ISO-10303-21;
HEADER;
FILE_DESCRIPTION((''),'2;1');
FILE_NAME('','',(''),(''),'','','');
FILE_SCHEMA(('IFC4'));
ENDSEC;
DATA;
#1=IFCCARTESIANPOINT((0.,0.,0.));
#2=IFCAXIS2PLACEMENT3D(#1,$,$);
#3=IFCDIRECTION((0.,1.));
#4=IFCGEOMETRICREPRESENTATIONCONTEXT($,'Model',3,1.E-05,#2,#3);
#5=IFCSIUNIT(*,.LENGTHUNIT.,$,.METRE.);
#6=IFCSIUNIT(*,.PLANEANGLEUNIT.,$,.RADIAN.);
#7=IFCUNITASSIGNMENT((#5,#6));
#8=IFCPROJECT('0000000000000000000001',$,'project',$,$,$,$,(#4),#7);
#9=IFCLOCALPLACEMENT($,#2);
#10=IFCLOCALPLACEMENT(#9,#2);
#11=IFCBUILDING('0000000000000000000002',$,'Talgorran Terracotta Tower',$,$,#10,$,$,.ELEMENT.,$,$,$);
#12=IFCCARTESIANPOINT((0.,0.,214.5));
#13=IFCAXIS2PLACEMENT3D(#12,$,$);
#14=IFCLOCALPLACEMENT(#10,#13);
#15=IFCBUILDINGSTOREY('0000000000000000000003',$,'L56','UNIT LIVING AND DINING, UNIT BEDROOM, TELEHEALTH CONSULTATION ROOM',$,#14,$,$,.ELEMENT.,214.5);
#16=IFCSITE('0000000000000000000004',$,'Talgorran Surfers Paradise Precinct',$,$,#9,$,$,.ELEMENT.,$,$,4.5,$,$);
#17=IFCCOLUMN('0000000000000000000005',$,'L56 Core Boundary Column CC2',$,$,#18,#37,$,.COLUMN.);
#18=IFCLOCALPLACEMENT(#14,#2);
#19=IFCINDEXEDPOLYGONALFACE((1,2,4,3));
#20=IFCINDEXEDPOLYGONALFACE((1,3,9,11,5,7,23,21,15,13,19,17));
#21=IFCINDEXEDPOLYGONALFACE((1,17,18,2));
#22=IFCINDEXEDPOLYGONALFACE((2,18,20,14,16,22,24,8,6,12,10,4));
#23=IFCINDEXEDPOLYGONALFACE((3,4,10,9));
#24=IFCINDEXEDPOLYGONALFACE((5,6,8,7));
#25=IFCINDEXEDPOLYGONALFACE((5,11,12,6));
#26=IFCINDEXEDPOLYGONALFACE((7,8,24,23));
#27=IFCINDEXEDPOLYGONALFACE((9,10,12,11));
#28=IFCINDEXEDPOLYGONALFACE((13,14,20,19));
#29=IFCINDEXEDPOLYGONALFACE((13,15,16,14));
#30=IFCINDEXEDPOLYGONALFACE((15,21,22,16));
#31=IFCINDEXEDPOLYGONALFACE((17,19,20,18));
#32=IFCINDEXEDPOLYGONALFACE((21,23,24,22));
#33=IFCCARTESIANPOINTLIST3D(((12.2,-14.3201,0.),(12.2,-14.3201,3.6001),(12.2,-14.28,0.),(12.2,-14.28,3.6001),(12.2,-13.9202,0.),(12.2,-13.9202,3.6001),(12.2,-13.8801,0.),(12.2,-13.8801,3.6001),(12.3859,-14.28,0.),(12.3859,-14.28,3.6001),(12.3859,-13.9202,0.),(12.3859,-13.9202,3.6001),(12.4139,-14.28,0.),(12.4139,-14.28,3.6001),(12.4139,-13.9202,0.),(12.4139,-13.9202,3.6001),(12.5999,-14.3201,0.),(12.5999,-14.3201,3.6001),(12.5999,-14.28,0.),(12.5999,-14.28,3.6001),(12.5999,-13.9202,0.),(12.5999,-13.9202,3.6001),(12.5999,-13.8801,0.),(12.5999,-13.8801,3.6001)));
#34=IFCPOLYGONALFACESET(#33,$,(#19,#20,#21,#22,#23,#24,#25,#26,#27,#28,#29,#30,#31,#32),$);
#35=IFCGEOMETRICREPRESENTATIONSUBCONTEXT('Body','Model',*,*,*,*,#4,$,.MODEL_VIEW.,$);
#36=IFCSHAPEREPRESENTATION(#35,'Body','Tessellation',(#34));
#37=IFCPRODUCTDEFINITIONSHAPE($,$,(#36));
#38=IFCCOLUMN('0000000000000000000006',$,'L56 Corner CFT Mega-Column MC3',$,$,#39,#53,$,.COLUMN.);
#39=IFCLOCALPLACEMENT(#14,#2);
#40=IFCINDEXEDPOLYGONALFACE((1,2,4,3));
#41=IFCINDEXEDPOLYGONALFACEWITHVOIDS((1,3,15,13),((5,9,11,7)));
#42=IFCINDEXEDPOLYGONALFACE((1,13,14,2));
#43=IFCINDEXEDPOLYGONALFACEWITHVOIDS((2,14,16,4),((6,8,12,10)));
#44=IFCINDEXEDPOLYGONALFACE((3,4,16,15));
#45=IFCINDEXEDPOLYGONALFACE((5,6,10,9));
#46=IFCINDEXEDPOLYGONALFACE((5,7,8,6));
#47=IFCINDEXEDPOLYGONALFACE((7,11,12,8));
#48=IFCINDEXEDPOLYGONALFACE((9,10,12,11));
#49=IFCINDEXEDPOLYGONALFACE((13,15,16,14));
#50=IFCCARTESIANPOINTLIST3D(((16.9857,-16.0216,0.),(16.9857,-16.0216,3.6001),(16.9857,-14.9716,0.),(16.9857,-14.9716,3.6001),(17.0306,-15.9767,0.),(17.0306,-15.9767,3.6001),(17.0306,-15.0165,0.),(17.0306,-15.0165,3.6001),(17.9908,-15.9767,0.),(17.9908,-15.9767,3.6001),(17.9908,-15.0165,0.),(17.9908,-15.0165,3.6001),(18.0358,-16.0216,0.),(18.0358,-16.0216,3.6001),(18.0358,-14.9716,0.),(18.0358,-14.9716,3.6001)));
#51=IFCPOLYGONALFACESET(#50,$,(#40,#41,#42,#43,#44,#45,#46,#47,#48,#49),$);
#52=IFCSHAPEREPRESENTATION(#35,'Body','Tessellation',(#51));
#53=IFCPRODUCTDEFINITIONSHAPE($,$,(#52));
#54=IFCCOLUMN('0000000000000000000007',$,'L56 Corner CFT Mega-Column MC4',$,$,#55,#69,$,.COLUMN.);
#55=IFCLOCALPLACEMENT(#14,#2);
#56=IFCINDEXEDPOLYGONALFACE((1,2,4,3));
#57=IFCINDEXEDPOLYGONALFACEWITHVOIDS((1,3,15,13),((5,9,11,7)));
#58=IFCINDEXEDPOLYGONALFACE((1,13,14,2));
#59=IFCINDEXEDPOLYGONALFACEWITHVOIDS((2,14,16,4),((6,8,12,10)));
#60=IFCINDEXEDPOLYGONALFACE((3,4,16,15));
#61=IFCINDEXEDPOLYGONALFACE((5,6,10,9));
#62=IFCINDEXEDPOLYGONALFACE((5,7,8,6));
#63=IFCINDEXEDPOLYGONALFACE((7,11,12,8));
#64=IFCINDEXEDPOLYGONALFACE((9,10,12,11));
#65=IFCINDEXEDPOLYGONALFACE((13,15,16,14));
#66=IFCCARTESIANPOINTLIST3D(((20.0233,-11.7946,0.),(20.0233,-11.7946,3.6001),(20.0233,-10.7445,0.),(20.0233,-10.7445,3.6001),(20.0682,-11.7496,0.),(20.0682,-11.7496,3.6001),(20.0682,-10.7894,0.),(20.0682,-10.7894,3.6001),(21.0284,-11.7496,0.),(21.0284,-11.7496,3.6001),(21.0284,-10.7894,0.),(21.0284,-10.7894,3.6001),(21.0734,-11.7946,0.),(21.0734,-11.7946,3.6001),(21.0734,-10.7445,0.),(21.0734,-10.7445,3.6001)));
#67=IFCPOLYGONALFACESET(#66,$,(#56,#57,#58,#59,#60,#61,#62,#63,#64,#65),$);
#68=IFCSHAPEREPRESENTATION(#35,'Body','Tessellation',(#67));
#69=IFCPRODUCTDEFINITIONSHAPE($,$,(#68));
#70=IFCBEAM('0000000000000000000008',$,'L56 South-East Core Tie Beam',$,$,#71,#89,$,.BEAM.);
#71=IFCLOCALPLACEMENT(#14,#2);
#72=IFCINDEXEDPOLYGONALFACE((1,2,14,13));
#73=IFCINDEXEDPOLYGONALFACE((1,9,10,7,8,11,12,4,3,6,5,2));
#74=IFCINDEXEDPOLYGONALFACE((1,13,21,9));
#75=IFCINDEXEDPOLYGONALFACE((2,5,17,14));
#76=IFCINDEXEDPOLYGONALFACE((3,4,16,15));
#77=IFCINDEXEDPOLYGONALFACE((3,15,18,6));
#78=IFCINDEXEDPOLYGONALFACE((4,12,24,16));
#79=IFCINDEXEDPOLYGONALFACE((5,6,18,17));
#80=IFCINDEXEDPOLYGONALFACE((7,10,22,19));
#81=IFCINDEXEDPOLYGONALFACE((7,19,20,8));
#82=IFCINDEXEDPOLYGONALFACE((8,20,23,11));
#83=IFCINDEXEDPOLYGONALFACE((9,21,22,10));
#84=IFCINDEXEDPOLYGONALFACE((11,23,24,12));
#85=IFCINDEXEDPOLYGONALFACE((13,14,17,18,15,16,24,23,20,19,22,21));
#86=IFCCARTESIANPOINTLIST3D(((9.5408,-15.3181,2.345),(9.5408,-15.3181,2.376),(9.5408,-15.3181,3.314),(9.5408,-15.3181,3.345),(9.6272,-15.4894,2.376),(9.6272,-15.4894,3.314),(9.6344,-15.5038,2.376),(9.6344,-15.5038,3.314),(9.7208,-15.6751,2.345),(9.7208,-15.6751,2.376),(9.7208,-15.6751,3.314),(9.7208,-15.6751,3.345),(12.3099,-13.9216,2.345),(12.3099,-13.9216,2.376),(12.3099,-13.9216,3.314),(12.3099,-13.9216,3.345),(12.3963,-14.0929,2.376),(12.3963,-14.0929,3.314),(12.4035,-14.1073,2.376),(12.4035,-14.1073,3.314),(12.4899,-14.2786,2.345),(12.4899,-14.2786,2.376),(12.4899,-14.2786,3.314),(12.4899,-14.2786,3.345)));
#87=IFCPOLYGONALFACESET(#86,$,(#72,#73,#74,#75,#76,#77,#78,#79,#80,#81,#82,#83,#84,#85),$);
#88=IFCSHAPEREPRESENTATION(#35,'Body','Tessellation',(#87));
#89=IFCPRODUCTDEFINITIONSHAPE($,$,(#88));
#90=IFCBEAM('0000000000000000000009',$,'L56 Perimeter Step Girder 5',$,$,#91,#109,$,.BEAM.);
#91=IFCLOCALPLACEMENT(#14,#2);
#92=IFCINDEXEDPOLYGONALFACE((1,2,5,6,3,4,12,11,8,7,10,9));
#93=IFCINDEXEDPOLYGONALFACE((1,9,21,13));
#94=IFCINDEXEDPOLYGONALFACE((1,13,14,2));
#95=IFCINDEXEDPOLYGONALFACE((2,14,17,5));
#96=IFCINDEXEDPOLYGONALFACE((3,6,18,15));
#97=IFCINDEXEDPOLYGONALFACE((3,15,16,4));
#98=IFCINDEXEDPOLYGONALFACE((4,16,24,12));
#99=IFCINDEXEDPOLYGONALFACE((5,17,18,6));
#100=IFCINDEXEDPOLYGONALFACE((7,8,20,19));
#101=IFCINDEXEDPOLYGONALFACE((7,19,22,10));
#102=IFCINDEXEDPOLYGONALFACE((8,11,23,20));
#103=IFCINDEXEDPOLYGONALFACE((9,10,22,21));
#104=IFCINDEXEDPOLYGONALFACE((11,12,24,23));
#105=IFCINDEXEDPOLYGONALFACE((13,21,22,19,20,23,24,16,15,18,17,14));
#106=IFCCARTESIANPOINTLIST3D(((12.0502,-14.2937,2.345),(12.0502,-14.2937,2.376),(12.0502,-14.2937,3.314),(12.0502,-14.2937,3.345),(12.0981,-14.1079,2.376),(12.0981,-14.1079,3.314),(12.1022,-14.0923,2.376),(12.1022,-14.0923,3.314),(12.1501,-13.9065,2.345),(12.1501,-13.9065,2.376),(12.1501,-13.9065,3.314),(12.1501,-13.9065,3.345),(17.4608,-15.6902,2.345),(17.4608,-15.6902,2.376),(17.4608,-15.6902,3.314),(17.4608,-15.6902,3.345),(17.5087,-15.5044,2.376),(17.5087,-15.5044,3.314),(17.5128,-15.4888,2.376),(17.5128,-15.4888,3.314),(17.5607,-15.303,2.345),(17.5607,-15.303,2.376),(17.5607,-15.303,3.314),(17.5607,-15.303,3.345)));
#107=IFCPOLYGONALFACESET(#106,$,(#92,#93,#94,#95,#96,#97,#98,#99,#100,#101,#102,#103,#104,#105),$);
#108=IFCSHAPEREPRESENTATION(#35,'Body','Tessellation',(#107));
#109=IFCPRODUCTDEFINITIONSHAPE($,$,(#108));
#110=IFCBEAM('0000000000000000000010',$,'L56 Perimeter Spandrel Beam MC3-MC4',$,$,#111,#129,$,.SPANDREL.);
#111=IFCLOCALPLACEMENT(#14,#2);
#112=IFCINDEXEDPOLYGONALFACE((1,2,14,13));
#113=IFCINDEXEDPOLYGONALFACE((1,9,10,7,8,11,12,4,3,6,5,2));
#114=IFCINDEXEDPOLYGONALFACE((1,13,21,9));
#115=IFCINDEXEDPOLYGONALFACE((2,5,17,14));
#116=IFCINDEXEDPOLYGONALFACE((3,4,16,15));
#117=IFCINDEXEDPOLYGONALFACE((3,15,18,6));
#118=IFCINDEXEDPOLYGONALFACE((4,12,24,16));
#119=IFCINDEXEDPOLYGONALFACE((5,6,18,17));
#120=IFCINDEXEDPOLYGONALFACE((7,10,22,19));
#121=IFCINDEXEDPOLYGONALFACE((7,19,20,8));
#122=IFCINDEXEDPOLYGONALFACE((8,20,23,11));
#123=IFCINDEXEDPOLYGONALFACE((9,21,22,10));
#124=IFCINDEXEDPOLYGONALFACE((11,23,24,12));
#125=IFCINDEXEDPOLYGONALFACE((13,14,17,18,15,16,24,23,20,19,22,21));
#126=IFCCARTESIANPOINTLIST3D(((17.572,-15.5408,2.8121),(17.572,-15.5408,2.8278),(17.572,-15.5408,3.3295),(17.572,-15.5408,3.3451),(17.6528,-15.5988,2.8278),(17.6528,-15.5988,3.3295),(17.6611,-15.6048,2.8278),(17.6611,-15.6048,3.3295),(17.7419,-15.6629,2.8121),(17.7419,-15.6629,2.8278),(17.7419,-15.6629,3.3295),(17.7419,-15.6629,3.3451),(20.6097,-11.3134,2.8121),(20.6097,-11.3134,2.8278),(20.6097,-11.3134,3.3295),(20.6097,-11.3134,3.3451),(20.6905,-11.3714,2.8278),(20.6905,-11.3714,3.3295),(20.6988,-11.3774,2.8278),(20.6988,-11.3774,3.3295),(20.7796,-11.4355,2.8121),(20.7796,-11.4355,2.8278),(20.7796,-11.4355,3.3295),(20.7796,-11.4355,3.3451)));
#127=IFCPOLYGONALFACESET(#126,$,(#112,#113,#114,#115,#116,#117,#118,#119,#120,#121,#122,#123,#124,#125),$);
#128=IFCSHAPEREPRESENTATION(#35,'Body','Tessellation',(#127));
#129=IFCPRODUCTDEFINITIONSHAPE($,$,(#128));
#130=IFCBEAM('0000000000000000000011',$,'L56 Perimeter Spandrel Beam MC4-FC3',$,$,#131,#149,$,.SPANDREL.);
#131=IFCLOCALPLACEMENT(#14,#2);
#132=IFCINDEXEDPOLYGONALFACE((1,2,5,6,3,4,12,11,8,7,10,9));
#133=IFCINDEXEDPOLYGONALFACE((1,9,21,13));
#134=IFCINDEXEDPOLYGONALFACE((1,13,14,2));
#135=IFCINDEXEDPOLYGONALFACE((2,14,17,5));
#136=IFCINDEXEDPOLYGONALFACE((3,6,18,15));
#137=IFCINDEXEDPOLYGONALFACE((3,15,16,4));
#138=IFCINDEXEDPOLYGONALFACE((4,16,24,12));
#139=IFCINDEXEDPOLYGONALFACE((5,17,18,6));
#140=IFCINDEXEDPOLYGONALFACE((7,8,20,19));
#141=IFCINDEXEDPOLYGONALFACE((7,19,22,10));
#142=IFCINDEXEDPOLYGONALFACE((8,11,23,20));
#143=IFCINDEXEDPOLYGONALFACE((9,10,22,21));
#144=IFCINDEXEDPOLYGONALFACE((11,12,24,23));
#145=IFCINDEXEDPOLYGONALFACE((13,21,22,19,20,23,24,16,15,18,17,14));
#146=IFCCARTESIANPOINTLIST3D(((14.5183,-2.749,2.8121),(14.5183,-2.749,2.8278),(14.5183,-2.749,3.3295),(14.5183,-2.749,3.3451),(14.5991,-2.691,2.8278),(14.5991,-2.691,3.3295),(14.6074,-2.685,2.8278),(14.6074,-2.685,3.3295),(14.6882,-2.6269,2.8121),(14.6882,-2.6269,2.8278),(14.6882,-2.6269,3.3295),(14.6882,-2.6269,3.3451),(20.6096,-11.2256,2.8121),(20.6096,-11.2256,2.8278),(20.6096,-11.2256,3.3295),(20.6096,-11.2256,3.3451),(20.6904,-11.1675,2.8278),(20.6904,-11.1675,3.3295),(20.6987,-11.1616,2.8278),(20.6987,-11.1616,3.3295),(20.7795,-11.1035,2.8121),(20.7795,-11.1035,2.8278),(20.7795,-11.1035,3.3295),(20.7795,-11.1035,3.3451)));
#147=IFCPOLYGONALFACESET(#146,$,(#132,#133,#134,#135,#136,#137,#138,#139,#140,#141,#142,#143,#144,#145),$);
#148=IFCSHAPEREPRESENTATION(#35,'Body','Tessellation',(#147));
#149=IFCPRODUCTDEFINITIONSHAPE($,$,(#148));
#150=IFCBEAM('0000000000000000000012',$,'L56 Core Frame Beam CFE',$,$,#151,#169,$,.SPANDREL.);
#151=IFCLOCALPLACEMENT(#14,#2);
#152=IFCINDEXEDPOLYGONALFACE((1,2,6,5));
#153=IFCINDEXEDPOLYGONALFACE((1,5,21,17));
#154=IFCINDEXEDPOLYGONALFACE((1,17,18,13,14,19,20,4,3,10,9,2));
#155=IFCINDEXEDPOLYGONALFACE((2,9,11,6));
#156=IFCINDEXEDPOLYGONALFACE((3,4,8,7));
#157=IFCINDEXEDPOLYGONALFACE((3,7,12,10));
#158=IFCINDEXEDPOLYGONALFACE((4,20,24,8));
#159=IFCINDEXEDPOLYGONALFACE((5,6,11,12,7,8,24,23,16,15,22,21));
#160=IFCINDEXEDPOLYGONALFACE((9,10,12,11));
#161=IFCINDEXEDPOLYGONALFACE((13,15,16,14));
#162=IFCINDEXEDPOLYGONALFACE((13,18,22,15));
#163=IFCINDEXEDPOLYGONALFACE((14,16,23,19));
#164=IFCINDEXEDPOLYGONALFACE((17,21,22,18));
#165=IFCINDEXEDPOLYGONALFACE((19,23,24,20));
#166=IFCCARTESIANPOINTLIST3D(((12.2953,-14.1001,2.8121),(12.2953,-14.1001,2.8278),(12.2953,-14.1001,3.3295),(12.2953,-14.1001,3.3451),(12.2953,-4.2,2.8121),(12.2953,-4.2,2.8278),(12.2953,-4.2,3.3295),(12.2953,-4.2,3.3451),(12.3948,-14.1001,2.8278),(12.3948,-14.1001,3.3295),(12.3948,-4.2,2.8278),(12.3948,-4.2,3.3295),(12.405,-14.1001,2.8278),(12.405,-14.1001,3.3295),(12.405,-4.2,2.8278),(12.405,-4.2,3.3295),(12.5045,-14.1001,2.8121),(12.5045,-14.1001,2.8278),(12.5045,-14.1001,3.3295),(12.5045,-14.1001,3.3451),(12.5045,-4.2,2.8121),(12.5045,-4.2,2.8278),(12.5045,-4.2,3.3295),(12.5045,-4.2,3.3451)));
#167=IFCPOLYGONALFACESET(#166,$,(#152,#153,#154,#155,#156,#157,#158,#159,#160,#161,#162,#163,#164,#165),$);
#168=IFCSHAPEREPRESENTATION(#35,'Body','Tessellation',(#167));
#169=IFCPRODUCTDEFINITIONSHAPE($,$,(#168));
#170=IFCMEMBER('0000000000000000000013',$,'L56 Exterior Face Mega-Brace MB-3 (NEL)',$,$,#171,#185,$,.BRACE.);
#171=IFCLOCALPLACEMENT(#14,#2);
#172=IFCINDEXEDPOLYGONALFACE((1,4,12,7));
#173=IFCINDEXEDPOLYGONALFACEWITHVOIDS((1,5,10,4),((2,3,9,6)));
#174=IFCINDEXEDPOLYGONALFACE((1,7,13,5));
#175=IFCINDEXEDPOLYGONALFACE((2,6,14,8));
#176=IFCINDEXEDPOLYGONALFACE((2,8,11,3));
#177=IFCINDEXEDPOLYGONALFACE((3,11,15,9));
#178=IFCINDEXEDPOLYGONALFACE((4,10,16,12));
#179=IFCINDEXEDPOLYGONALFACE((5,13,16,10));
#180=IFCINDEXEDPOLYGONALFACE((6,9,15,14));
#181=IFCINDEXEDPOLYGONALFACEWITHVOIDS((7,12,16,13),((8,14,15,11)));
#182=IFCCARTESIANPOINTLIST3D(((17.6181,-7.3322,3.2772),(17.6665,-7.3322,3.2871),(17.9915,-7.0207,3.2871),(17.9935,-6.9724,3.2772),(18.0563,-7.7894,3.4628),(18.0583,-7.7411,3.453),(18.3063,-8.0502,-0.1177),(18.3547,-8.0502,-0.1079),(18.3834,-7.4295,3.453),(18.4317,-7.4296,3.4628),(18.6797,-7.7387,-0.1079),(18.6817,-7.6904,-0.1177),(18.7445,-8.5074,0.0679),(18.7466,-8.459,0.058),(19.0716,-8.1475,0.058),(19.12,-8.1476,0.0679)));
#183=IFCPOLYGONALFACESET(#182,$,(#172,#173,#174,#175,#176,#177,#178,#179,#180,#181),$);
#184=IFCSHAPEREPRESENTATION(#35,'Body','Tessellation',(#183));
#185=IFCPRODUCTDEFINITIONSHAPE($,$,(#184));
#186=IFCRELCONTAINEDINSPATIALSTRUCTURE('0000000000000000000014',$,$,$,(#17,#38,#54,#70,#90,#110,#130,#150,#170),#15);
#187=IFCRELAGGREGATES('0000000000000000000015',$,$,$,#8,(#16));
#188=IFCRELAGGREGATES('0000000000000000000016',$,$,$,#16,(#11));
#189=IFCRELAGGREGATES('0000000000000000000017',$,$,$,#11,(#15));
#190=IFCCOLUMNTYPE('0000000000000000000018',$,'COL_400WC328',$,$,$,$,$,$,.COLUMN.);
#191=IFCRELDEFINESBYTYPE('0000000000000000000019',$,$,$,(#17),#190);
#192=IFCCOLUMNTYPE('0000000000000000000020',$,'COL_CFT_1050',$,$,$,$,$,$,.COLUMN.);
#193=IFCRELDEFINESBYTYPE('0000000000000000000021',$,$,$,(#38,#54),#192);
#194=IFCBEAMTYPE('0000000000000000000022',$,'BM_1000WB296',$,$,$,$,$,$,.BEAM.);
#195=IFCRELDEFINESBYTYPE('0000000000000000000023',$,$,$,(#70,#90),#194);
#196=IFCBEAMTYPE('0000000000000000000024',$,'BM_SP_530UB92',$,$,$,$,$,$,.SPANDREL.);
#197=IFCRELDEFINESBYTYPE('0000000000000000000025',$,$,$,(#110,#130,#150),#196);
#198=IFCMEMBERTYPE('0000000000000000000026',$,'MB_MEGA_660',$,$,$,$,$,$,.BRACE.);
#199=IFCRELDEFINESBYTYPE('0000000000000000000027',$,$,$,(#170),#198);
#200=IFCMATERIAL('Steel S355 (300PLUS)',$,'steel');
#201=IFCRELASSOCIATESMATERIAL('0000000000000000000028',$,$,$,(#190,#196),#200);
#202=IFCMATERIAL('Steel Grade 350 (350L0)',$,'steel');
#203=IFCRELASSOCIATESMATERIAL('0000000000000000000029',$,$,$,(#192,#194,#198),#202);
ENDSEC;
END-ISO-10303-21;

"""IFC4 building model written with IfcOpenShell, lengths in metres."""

from ifc_helpers import new_model, si_unit, direction, frame, origin, origin_2d, place, context, subcontext, project, spatial, hollow_rectangle, i_section, extrude, material, material_profile, profile_set, type_object, element, save


model = new_model("IFC4")

# Units and contexts
model_context = context("Model", 3, precision=1e-05, world=origin(), true_north=direction((0.0, 1.0)))
body_context = subcontext(model_context, "Body", "Model", "MODEL_VIEW")
ifc_project = project(units=[si_unit("LENGTHUNIT", "METRE"), si_unit("PLANEANGLEUNIT", "RADIAN")], contexts=[model_context])

# Site, building, storey
site_placement = place(None, origin())
site = spatial("IfcSite", under=ifc_project, at=site_placement, Name="Talgorran Surfers Paradise Precinct", CompositionType="ELEMENT", RefElevation=4.5)
building_placement = place(site_placement, origin())
building = spatial("IfcBuilding", under=site, at=building_placement, Name="Talgorran Terracotta Tower", CompositionType="ELEMENT")
storey_placement = place(building_placement, frame((0.0, 0.0, 214.5)))
storey = spatial("IfcBuildingStorey", under=building, at=storey_placement, Name="L56", Description="UNIT LIVING AND DINING, UNIT BEDROOM, TELEHEALTH CONSULTATION ROOM", CompositionType="ELEMENT", Elevation=214.5)

# Columns
ifc_material_1 = material(Name="Steel S355 (300PLUS)", Category="steel")
ifc_material_profile_1 = material_profile(ifc_material_1, i_section(OverallWidth=0.3999, OverallDepth=0.4399, WebThickness=0.0281, FlangeThickness=0.04, at=origin_2d()), Name="400WC328")
ifc_profile_set_1 = profile_set([ifc_material_profile_1], Name="Steel S355 (300PLUS)")
column_type_1 = type_object("IfcColumnType", Name="COL_400WC328", PredefinedType="COLUMN", material=ifc_profile_set_1)
column_placement = place(storey_placement, frame((12.3999, -14.1001, 0.0), z_axis=(0.0, 0.0, 1.0), x_axis=(1.0, 0.0, 0.0)))
element("IfcColumn", 1, at=column_placement, inside=storey, type_object=column_type_1, Name="L56 Core Boundary Column CC2", PredefinedType="COLUMN", context=body_context, shape_type="SweptSolid", body=[
    extrude(i_section(OverallWidth=0.3999, OverallDepth=0.4399, WebThickness=0.0281, FlangeThickness=0.04, at=origin_2d()), origin(), (0.0, 0.0, 1.0), 3.6001),
])
ifc_material_2 = material(Name="Steel Grade 350 (350L0)", Category="steel")
ifc_material_profile_2 = material_profile(ifc_material_2, hollow_rectangle(XDim=1.05, YDim=1.05, WallThickness=0.0449, at=origin_2d()), Name="CFT1050X1050X45")
ifc_profile_set_2 = profile_set([ifc_material_profile_2], Name="Steel Grade 350 (350L0)")
column_type_2 = type_object("IfcColumnType", Name="COL_CFT_1050", PredefinedType="COLUMN", material=ifc_profile_set_2)
for number, where, z_axis, x_axis, name in (
    (2, (17.5107, -15.4966, 0.0), (0.0, 0.0, 1.0), (1.0, 0.0, 0.0), "L56 Corner CFT Mega-Column MC3"),
    (3, (20.5483, -11.2695, 0.0), (0.0, 0.0, 1.0), (1.0, 0.0, 0.0), "L56 Corner CFT Mega-Column MC4"),
):
    element("IfcColumn", number, at=place(storey_placement, frame(where, z_axis=z_axis, x_axis=x_axis)), inside=storey, type_object=column_type_2, Name=name, PredefinedType="COLUMN", context=body_context, shape_type="SweptSolid", body=[
        extrude(hollow_rectangle(XDim=1.05, YDim=1.05, WallThickness=0.0449, at=origin_2d()), origin(), (0.0, 0.0, 1.0), 3.6001),
    ])

# Beams
ifc_material_profile_3 = material_profile(ifc_material_2, i_section(OverallWidth=0.3999, OverallDepth=1.0, WebThickness=0.0161, FlangeThickness=0.031, at=origin_2d()), Name="1000WB296")
ifc_profile_set_3 = profile_set([ifc_material_profile_3], Name="Steel Grade 350 (350L0)")
beam_type_1 = type_object("IfcBeamType", Name="BM_1000WB296", PredefinedType="BEAM", material=ifc_profile_set_3)
beam_1_placement = place(storey_placement, frame((12.3999, -14.1001, 2.845), z_axis=(-0.892879, -0.450297, 0.0), x_axis=(0.450297, -0.892879, 0.0)))
element("IfcBeam", 4, at=beam_1_placement, inside=storey, type_object=beam_type_1, Name="L56 South-East Core Tie Beam", PredefinedType="BEAM", context=body_context, shape_type="SweptSolid", body=[
    extrude(i_section(OverallWidth=0.3999, OverallDepth=1.0, WebThickness=0.0161, FlangeThickness=0.031, at=origin_2d()), origin(), (0.0, 0.0, 1.0), 3.1013),
])
beam_2_placement = place(storey_placement, frame((17.5107, -15.4966, 2.845), z_axis=(-0.968269, 0.24991, 0.0), x_axis=(-0.24991, -0.968269, 0.0)))
element("IfcBeam", 5, at=beam_2_placement, inside=storey, type_object=beam_type_1, Name="L56 Perimeter Step Girder 5", PredefinedType="BEAM", context=body_context, shape_type="SweptSolid", body=[
    extrude(i_section(OverallWidth=0.3999, OverallDepth=1.0, WebThickness=0.0161, FlangeThickness=0.031, at=origin_2d()), origin(), (0.0, 0.0, 1.0), 5.5879),
])
ifc_material_profile_4 = material_profile(ifc_material_1, i_section(OverallWidth=0.2092, OverallDepth=0.533, WebThickness=0.0103, FlangeThickness=0.0156, at=origin_2d()), Name="530UB92.4")
ifc_profile_set_4 = profile_set([ifc_material_profile_4], Name="Steel S355 (300PLUS)")
beam_type_2 = type_object("IfcBeamType", Name="BM_SP_530UB92", PredefinedType="SPANDREL", material=ifc_profile_set_4)
beam_3_placement = place(storey_placement, frame((17.657, -15.6018, 3.0786), z_axis=(0.583538, 0.812086, 0.0), x_axis=(-0.812086, 0.583538, 0.0)))
element("IfcBeam", 6, at=beam_3_placement, inside=storey, type_object=beam_type_2, Name="L56 Perimeter Spandrel Beam MC3-MC4", PredefinedType="SPANDREL", context=body_context, shape_type="SweptSolid", body=[
    extrude(i_section(OverallWidth=0.2092, OverallDepth=0.533, WebThickness=0.0103, FlangeThickness=0.0156, at=origin_2d()), origin(), (0.0, 0.0, 1.0), 5.2056),
])
beam_4_placement = place(storey_placement, frame((20.6946, -11.1646, 3.0786), z_axis=(-0.583559, 0.812071, 0.0), x_axis=(-0.812071, -0.583559, 0.0)))
element("IfcBeam", 7, at=beam_4_placement, inside=storey, type_object=beam_type_2, Name="L56 Perimeter Spandrel Beam MC4-FC3", PredefinedType="SPANDREL", context=body_context, shape_type="SweptSolid", body=[
    extrude(i_section(OverallWidth=0.2092, OverallDepth=0.533, WebThickness=0.0103, FlangeThickness=0.0156, at=origin_2d()), origin(), (0.0, 0.0, 1.0), 10.4382),
])
beam_5_placement = place(storey_placement, frame((12.3999, -14.1001, 3.0786), z_axis=(0.0, 1.0, 0.0), x_axis=(-1.0, 0.0, 0.0)))
element("IfcBeam", 8, at=beam_5_placement, inside=storey, type_object=beam_type_2, Name="L56 Core Frame Beam CFE", PredefinedType="SPANDREL", context=body_context, shape_type="SweptSolid", body=[
    extrude(i_section(OverallWidth=0.2092, OverallDepth=0.533, WebThickness=0.0103, FlangeThickness=0.0156, at=origin_2d()), origin(), (0.0, 0.0, 1.0), 9.9001),
])

# Member
ifc_material_profile_5 = material_profile(ifc_material_2, hollow_rectangle(XDim=0.52, YDim=0.6599, WallThickness=0.0349, at=origin_2d()), Name="WBOX660X520X35")
ifc_profile_set_5 = profile_set([ifc_material_profile_5], Name="Steel Grade 350 (350L0)")
member_type_1 = type_object("IfcMemberType", Name="MB_MEGA_660", PredefinedType="BRACE", material=ifc_profile_set_5)
member_1_placement = place(storey_placement, frame((18.7131, -8.0989, -0.0249), z_axis=(-0.194542, 0.202961, 0.959667), x_axis=(-0.721922, -0.691975, 0.0)))
element("IfcMember", 9, at=member_1_placement, inside=storey, type_object=member_type_1, Name="L56 Exterior Face Mega-Brace MB-3 (NEL)", PredefinedType="BRACE", context=body_context, shape_type="SweptSolid", body=[
    extrude(hollow_rectangle(XDim=0.52, YDim=0.6599, WallThickness=0.0349, at=origin_2d()), origin(), (0.0, 0.0, 1.0), 3.5376),
])

save(model, "model.ifc")
